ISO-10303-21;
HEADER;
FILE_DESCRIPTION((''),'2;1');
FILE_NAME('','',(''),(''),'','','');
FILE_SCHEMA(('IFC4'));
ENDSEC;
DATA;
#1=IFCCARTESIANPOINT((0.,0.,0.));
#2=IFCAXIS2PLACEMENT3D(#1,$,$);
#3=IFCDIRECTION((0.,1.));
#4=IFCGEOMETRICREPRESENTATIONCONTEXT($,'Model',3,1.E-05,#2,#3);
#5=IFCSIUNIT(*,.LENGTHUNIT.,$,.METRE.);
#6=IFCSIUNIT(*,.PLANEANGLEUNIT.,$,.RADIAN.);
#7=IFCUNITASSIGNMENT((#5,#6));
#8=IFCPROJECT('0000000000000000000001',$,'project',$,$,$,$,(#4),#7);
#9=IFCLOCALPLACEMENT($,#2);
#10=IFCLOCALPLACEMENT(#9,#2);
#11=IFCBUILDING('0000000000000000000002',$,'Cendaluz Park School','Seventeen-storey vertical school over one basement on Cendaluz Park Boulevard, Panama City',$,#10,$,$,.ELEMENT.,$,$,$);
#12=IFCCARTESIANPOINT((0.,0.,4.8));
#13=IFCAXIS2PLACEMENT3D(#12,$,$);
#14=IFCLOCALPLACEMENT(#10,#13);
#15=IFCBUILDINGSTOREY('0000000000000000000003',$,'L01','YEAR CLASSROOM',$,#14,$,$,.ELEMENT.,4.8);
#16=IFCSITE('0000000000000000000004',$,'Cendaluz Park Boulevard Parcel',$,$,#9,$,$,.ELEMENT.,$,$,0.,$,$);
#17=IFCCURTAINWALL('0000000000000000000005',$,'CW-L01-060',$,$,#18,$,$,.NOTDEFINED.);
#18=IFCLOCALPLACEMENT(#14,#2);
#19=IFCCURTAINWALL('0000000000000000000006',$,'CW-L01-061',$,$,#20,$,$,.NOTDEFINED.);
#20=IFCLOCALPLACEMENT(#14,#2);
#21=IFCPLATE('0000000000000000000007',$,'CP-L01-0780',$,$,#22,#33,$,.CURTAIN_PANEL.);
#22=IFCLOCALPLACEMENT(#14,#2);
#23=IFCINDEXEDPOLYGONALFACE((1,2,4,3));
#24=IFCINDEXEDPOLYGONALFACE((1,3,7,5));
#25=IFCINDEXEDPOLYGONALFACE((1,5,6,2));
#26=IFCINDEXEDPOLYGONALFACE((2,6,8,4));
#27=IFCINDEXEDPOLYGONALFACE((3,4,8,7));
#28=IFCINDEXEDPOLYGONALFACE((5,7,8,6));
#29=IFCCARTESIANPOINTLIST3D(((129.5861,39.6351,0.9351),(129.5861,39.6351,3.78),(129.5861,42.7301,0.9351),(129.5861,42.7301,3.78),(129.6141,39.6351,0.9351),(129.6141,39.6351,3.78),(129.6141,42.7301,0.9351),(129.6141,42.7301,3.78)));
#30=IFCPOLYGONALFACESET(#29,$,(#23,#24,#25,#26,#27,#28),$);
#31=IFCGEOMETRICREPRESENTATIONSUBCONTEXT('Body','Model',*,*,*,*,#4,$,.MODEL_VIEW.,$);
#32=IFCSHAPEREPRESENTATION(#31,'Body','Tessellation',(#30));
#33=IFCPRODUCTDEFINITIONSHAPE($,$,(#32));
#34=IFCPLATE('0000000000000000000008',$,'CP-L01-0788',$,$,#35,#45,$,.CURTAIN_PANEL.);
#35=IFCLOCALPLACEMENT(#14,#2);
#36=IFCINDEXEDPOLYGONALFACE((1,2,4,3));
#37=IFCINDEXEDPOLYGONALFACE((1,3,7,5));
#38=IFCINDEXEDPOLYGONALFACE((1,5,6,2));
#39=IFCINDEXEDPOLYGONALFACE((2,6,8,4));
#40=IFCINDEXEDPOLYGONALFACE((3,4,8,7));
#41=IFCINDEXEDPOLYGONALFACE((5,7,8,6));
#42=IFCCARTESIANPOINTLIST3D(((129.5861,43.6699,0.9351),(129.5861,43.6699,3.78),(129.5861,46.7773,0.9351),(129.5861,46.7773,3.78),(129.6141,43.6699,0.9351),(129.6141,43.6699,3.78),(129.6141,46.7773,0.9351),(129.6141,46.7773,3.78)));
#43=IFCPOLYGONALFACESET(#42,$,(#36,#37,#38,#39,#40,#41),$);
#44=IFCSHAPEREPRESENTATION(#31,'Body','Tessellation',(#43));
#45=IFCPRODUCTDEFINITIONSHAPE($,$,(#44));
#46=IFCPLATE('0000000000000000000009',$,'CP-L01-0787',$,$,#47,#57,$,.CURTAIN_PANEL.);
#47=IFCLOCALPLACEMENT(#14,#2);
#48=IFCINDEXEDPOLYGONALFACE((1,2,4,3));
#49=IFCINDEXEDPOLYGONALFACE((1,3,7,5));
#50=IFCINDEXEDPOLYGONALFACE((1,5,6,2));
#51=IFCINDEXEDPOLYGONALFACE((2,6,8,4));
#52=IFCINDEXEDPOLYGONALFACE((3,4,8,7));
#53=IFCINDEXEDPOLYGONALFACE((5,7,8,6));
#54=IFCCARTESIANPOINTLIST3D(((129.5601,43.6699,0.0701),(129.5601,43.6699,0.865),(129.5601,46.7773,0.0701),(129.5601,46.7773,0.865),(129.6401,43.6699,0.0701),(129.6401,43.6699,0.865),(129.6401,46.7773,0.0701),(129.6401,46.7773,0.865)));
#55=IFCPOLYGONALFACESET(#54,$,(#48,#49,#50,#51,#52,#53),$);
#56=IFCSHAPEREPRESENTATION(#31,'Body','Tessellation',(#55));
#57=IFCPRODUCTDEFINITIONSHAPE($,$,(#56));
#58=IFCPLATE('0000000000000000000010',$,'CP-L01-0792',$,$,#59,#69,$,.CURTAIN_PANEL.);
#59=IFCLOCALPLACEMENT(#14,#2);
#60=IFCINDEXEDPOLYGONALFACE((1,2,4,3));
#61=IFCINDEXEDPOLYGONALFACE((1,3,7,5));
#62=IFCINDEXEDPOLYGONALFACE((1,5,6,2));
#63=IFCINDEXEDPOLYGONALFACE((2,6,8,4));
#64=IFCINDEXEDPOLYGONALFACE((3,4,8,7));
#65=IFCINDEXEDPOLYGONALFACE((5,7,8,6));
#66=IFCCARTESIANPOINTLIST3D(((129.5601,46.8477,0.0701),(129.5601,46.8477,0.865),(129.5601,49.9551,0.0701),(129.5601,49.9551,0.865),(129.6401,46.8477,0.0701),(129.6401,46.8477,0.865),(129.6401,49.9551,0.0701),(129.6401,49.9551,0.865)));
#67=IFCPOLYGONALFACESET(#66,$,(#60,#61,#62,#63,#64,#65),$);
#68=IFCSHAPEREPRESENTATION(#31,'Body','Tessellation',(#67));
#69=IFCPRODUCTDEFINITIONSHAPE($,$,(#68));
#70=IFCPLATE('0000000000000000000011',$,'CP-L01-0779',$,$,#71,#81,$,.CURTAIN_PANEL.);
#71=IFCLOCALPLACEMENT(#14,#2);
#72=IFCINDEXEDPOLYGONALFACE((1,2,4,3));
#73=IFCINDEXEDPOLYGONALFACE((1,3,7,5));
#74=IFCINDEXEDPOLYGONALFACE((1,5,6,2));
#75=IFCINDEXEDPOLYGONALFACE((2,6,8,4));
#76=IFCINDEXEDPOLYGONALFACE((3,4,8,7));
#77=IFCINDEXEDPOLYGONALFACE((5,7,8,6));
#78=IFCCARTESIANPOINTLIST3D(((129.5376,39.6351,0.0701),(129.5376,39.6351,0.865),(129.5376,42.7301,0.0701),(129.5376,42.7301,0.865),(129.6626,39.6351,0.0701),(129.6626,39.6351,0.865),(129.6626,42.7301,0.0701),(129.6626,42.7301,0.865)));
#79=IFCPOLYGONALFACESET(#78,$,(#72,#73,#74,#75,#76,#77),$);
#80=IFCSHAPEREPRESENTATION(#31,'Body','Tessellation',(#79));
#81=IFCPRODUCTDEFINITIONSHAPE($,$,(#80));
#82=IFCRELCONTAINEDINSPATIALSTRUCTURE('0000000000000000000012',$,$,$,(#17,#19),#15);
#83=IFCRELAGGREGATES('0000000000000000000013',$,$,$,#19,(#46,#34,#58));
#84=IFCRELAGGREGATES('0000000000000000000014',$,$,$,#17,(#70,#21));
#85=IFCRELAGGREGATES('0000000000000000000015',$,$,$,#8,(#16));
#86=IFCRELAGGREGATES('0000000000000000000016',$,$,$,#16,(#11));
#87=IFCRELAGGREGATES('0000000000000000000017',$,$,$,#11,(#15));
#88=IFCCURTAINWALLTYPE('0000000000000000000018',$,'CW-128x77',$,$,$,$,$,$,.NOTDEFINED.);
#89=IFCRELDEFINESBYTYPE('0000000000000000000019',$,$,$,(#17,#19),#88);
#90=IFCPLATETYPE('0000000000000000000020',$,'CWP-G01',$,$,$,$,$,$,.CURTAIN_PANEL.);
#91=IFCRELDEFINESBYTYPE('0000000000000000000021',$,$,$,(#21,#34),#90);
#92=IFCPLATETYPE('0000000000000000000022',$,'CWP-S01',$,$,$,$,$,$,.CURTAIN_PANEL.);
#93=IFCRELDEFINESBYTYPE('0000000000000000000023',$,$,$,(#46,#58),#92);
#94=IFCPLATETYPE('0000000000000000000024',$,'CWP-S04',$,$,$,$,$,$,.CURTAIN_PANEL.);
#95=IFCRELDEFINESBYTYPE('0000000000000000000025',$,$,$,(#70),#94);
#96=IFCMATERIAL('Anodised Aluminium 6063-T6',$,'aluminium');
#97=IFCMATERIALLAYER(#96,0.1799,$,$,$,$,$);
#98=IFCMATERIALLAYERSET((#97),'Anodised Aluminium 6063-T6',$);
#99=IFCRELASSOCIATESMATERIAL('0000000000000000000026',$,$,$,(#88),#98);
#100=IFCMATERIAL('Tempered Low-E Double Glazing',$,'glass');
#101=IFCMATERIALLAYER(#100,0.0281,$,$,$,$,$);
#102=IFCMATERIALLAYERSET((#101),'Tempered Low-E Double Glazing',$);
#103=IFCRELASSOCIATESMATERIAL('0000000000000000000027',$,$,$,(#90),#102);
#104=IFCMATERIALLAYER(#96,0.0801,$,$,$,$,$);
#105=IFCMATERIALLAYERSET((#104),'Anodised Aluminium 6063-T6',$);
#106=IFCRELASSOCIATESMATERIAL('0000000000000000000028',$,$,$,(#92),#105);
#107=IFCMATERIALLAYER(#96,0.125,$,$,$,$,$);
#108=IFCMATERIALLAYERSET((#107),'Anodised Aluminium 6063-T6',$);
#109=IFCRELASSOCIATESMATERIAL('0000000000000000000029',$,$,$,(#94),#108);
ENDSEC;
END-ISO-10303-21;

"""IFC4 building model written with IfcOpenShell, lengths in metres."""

from ifc_helpers import new_model, si_unit, direction, frame, origin, origin_2d, place, context, subcontext, project, spatial, rectangle, extrude, material, layer, layer_set, type_object, element, aggregate, save


model = new_model("IFC4")

# Units and contexts
model_context = context("Model", 3, precision=1e-05, world=origin(), true_north=direction((0.0, 1.0)))
body_context = subcontext(model_context, "Body", "Model", "MODEL_VIEW")
ifc_project = project(units=[si_unit("LENGTHUNIT", "METRE"), si_unit("PLANEANGLEUNIT", "RADIAN")], contexts=[model_context])

# Site, building, storey
site_placement = place(None, origin())
site = spatial("IfcSite", under=ifc_project, at=site_placement, Name="Cendaluz Park Boulevard Parcel", CompositionType="ELEMENT", RefElevation=0.0)
building_placement = place(site_placement, origin())
building = spatial("IfcBuilding", under=site, at=building_placement, Name="Cendaluz Park School", Description="Seventeen-storey vertical school over one basement on Cendaluz Park Boulevard, Panama City", CompositionType="ELEMENT")
storey_placement = place(building_placement, frame((0.0, 0.0, 4.8)))
storey = spatial("IfcBuildingStorey", under=building, at=storey_placement, Name="L01", Description="YEAR CLASSROOM", CompositionType="ELEMENT", Elevation=4.8)

# Curtain wall
ifc_material_1 = material(Name="Anodised Aluminium 6063-T6", Category="aluminium")
ifc_layer_1 = layer(ifc_material_1, 0.1799)
ifc_layer_set_1 = layer_set([ifc_layer_1], Name="Anodised Aluminium 6063-T6")
curtain_wall_type = type_object("IfcCurtainWallType", Name="CW-128x77", PredefinedType="NOTDEFINED", material=ifc_layer_set_1)
curtain_wall_1_placement = place(storey_placement, origin())
curtain_wall_1 = element("IfcCurtainWall", 1, at=curtain_wall_1_placement, inside=storey, type_object=curtain_wall_type, Name="CW-L01-060", PredefinedType="NOTDEFINED")

# Curtain wall
curtain_wall_2_placement = place(storey_placement, origin())
curtain_wall_2 = element("IfcCurtainWall", 2, at=curtain_wall_2_placement, inside=storey, type_object=curtain_wall_type, Name="CW-L01-061", PredefinedType="NOTDEFINED")

# Plates
ifc_material_2 = material(Name="Tempered Low-E Double Glazing", Category="glass")
ifc_layer_2 = layer(ifc_material_2, 0.0281)
ifc_layer_set_2 = layer_set([ifc_layer_2], Name="Tempered Low-E Double Glazing")
plate_type_1 = type_object("IfcPlateType", Name="CWP-G01", PredefinedType="CURTAIN_PANEL", material=ifc_layer_set_2)
plate_1_placement = place(storey_placement, frame((129.6001, 41.1826, 0.9351), z_axis=(0.0, 0.0, 1.0), x_axis=(0.0, 1.0, 0.0)))
plate_1 = element("IfcPlate", 3, at=plate_1_placement, type_object=plate_type_1, Name="CP-L01-0780", PredefinedType="CURTAIN_PANEL", context=body_context, shape_type="SweptSolid", body=[
    extrude(rectangle(XDim=3.095, YDim=0.0281, at=origin_2d()), origin(), (0.0, 0.0, 1.0), 2.845),
])
plate_2_placement = place(storey_placement, frame((129.6001, 45.2236, 0.9351), z_axis=(0.0, 0.0, 1.0), x_axis=(0.0, 1.0, 0.0)))
plate_2 = element("IfcPlate", 4, at=plate_2_placement, type_object=plate_type_1, Name="CP-L01-0788", PredefinedType="CURTAIN_PANEL", context=body_context, shape_type="SweptSolid", body=[
    extrude(rectangle(XDim=3.1074, YDim=0.0281, at=origin_2d()), origin(), (0.0, 0.0, 1.0), 2.845),
])
ifc_layer_3 = layer(ifc_material_1, 0.0801)
ifc_layer_set_3 = layer_set([ifc_layer_3], Name="Anodised Aluminium 6063-T6")
plate_type_2 = type_object("IfcPlateType", Name="CWP-S01", PredefinedType="CURTAIN_PANEL", material=ifc_layer_set_3)
plate_3_placement = place(storey_placement, frame((129.6001, 45.2236, 0.0701), z_axis=(0.0, 0.0, 1.0), x_axis=(0.0, 1.0, 0.0)))
plate_3 = element("IfcPlate", 5, at=plate_3_placement, type_object=plate_type_2, Name="CP-L01-0787", PredefinedType="CURTAIN_PANEL", context=body_context, shape_type="SweptSolid", body=[
    extrude(rectangle(XDim=3.1074, YDim=0.0801, at=origin_2d()), origin(), (0.0, 0.0, 1.0), 0.7949),
])
plate_4_placement = place(storey_placement, frame((129.6001, 48.4014, 0.0701), z_axis=(0.0, 0.0, 1.0), x_axis=(0.0, 1.0, 0.0)))
plate_4 = element("IfcPlate", 6, at=plate_4_placement, type_object=plate_type_2, Name="CP-L01-0792", PredefinedType="CURTAIN_PANEL", context=body_context, shape_type="SweptSolid", body=[
    extrude(rectangle(XDim=3.1074, YDim=0.0801, at=origin_2d()), origin(), (0.0, 0.0, 1.0), 0.7949),
])
aggregate(curtain_wall_2, [plate_3, plate_2, plate_4])
ifc_layer_4 = layer(ifc_material_1, 0.125)
ifc_layer_set_4 = layer_set([ifc_layer_4], Name="Anodised Aluminium 6063-T6")
plate_type_3 = type_object("IfcPlateType", Name="CWP-S04", PredefinedType="CURTAIN_PANEL", material=ifc_layer_set_4)
plate_5_placement = place(storey_placement, frame((129.6001, 41.1826, 0.0701), z_axis=(0.0, 0.0, 1.0), x_axis=(0.0, 1.0, 0.0)))
plate_5 = element("IfcPlate", 7, at=plate_5_placement, type_object=plate_type_3, Name="CP-L01-0779", PredefinedType="CURTAIN_PANEL", context=body_context, shape_type="SweptSolid", body=[
    extrude(rectangle(XDim=3.095, YDim=0.125, at=origin_2d()), origin(), (0.0, 0.0, 1.0), 0.7949),
])
aggregate(curtain_wall_1, [plate_5, plate_1])

save(model, "model.ifc")
